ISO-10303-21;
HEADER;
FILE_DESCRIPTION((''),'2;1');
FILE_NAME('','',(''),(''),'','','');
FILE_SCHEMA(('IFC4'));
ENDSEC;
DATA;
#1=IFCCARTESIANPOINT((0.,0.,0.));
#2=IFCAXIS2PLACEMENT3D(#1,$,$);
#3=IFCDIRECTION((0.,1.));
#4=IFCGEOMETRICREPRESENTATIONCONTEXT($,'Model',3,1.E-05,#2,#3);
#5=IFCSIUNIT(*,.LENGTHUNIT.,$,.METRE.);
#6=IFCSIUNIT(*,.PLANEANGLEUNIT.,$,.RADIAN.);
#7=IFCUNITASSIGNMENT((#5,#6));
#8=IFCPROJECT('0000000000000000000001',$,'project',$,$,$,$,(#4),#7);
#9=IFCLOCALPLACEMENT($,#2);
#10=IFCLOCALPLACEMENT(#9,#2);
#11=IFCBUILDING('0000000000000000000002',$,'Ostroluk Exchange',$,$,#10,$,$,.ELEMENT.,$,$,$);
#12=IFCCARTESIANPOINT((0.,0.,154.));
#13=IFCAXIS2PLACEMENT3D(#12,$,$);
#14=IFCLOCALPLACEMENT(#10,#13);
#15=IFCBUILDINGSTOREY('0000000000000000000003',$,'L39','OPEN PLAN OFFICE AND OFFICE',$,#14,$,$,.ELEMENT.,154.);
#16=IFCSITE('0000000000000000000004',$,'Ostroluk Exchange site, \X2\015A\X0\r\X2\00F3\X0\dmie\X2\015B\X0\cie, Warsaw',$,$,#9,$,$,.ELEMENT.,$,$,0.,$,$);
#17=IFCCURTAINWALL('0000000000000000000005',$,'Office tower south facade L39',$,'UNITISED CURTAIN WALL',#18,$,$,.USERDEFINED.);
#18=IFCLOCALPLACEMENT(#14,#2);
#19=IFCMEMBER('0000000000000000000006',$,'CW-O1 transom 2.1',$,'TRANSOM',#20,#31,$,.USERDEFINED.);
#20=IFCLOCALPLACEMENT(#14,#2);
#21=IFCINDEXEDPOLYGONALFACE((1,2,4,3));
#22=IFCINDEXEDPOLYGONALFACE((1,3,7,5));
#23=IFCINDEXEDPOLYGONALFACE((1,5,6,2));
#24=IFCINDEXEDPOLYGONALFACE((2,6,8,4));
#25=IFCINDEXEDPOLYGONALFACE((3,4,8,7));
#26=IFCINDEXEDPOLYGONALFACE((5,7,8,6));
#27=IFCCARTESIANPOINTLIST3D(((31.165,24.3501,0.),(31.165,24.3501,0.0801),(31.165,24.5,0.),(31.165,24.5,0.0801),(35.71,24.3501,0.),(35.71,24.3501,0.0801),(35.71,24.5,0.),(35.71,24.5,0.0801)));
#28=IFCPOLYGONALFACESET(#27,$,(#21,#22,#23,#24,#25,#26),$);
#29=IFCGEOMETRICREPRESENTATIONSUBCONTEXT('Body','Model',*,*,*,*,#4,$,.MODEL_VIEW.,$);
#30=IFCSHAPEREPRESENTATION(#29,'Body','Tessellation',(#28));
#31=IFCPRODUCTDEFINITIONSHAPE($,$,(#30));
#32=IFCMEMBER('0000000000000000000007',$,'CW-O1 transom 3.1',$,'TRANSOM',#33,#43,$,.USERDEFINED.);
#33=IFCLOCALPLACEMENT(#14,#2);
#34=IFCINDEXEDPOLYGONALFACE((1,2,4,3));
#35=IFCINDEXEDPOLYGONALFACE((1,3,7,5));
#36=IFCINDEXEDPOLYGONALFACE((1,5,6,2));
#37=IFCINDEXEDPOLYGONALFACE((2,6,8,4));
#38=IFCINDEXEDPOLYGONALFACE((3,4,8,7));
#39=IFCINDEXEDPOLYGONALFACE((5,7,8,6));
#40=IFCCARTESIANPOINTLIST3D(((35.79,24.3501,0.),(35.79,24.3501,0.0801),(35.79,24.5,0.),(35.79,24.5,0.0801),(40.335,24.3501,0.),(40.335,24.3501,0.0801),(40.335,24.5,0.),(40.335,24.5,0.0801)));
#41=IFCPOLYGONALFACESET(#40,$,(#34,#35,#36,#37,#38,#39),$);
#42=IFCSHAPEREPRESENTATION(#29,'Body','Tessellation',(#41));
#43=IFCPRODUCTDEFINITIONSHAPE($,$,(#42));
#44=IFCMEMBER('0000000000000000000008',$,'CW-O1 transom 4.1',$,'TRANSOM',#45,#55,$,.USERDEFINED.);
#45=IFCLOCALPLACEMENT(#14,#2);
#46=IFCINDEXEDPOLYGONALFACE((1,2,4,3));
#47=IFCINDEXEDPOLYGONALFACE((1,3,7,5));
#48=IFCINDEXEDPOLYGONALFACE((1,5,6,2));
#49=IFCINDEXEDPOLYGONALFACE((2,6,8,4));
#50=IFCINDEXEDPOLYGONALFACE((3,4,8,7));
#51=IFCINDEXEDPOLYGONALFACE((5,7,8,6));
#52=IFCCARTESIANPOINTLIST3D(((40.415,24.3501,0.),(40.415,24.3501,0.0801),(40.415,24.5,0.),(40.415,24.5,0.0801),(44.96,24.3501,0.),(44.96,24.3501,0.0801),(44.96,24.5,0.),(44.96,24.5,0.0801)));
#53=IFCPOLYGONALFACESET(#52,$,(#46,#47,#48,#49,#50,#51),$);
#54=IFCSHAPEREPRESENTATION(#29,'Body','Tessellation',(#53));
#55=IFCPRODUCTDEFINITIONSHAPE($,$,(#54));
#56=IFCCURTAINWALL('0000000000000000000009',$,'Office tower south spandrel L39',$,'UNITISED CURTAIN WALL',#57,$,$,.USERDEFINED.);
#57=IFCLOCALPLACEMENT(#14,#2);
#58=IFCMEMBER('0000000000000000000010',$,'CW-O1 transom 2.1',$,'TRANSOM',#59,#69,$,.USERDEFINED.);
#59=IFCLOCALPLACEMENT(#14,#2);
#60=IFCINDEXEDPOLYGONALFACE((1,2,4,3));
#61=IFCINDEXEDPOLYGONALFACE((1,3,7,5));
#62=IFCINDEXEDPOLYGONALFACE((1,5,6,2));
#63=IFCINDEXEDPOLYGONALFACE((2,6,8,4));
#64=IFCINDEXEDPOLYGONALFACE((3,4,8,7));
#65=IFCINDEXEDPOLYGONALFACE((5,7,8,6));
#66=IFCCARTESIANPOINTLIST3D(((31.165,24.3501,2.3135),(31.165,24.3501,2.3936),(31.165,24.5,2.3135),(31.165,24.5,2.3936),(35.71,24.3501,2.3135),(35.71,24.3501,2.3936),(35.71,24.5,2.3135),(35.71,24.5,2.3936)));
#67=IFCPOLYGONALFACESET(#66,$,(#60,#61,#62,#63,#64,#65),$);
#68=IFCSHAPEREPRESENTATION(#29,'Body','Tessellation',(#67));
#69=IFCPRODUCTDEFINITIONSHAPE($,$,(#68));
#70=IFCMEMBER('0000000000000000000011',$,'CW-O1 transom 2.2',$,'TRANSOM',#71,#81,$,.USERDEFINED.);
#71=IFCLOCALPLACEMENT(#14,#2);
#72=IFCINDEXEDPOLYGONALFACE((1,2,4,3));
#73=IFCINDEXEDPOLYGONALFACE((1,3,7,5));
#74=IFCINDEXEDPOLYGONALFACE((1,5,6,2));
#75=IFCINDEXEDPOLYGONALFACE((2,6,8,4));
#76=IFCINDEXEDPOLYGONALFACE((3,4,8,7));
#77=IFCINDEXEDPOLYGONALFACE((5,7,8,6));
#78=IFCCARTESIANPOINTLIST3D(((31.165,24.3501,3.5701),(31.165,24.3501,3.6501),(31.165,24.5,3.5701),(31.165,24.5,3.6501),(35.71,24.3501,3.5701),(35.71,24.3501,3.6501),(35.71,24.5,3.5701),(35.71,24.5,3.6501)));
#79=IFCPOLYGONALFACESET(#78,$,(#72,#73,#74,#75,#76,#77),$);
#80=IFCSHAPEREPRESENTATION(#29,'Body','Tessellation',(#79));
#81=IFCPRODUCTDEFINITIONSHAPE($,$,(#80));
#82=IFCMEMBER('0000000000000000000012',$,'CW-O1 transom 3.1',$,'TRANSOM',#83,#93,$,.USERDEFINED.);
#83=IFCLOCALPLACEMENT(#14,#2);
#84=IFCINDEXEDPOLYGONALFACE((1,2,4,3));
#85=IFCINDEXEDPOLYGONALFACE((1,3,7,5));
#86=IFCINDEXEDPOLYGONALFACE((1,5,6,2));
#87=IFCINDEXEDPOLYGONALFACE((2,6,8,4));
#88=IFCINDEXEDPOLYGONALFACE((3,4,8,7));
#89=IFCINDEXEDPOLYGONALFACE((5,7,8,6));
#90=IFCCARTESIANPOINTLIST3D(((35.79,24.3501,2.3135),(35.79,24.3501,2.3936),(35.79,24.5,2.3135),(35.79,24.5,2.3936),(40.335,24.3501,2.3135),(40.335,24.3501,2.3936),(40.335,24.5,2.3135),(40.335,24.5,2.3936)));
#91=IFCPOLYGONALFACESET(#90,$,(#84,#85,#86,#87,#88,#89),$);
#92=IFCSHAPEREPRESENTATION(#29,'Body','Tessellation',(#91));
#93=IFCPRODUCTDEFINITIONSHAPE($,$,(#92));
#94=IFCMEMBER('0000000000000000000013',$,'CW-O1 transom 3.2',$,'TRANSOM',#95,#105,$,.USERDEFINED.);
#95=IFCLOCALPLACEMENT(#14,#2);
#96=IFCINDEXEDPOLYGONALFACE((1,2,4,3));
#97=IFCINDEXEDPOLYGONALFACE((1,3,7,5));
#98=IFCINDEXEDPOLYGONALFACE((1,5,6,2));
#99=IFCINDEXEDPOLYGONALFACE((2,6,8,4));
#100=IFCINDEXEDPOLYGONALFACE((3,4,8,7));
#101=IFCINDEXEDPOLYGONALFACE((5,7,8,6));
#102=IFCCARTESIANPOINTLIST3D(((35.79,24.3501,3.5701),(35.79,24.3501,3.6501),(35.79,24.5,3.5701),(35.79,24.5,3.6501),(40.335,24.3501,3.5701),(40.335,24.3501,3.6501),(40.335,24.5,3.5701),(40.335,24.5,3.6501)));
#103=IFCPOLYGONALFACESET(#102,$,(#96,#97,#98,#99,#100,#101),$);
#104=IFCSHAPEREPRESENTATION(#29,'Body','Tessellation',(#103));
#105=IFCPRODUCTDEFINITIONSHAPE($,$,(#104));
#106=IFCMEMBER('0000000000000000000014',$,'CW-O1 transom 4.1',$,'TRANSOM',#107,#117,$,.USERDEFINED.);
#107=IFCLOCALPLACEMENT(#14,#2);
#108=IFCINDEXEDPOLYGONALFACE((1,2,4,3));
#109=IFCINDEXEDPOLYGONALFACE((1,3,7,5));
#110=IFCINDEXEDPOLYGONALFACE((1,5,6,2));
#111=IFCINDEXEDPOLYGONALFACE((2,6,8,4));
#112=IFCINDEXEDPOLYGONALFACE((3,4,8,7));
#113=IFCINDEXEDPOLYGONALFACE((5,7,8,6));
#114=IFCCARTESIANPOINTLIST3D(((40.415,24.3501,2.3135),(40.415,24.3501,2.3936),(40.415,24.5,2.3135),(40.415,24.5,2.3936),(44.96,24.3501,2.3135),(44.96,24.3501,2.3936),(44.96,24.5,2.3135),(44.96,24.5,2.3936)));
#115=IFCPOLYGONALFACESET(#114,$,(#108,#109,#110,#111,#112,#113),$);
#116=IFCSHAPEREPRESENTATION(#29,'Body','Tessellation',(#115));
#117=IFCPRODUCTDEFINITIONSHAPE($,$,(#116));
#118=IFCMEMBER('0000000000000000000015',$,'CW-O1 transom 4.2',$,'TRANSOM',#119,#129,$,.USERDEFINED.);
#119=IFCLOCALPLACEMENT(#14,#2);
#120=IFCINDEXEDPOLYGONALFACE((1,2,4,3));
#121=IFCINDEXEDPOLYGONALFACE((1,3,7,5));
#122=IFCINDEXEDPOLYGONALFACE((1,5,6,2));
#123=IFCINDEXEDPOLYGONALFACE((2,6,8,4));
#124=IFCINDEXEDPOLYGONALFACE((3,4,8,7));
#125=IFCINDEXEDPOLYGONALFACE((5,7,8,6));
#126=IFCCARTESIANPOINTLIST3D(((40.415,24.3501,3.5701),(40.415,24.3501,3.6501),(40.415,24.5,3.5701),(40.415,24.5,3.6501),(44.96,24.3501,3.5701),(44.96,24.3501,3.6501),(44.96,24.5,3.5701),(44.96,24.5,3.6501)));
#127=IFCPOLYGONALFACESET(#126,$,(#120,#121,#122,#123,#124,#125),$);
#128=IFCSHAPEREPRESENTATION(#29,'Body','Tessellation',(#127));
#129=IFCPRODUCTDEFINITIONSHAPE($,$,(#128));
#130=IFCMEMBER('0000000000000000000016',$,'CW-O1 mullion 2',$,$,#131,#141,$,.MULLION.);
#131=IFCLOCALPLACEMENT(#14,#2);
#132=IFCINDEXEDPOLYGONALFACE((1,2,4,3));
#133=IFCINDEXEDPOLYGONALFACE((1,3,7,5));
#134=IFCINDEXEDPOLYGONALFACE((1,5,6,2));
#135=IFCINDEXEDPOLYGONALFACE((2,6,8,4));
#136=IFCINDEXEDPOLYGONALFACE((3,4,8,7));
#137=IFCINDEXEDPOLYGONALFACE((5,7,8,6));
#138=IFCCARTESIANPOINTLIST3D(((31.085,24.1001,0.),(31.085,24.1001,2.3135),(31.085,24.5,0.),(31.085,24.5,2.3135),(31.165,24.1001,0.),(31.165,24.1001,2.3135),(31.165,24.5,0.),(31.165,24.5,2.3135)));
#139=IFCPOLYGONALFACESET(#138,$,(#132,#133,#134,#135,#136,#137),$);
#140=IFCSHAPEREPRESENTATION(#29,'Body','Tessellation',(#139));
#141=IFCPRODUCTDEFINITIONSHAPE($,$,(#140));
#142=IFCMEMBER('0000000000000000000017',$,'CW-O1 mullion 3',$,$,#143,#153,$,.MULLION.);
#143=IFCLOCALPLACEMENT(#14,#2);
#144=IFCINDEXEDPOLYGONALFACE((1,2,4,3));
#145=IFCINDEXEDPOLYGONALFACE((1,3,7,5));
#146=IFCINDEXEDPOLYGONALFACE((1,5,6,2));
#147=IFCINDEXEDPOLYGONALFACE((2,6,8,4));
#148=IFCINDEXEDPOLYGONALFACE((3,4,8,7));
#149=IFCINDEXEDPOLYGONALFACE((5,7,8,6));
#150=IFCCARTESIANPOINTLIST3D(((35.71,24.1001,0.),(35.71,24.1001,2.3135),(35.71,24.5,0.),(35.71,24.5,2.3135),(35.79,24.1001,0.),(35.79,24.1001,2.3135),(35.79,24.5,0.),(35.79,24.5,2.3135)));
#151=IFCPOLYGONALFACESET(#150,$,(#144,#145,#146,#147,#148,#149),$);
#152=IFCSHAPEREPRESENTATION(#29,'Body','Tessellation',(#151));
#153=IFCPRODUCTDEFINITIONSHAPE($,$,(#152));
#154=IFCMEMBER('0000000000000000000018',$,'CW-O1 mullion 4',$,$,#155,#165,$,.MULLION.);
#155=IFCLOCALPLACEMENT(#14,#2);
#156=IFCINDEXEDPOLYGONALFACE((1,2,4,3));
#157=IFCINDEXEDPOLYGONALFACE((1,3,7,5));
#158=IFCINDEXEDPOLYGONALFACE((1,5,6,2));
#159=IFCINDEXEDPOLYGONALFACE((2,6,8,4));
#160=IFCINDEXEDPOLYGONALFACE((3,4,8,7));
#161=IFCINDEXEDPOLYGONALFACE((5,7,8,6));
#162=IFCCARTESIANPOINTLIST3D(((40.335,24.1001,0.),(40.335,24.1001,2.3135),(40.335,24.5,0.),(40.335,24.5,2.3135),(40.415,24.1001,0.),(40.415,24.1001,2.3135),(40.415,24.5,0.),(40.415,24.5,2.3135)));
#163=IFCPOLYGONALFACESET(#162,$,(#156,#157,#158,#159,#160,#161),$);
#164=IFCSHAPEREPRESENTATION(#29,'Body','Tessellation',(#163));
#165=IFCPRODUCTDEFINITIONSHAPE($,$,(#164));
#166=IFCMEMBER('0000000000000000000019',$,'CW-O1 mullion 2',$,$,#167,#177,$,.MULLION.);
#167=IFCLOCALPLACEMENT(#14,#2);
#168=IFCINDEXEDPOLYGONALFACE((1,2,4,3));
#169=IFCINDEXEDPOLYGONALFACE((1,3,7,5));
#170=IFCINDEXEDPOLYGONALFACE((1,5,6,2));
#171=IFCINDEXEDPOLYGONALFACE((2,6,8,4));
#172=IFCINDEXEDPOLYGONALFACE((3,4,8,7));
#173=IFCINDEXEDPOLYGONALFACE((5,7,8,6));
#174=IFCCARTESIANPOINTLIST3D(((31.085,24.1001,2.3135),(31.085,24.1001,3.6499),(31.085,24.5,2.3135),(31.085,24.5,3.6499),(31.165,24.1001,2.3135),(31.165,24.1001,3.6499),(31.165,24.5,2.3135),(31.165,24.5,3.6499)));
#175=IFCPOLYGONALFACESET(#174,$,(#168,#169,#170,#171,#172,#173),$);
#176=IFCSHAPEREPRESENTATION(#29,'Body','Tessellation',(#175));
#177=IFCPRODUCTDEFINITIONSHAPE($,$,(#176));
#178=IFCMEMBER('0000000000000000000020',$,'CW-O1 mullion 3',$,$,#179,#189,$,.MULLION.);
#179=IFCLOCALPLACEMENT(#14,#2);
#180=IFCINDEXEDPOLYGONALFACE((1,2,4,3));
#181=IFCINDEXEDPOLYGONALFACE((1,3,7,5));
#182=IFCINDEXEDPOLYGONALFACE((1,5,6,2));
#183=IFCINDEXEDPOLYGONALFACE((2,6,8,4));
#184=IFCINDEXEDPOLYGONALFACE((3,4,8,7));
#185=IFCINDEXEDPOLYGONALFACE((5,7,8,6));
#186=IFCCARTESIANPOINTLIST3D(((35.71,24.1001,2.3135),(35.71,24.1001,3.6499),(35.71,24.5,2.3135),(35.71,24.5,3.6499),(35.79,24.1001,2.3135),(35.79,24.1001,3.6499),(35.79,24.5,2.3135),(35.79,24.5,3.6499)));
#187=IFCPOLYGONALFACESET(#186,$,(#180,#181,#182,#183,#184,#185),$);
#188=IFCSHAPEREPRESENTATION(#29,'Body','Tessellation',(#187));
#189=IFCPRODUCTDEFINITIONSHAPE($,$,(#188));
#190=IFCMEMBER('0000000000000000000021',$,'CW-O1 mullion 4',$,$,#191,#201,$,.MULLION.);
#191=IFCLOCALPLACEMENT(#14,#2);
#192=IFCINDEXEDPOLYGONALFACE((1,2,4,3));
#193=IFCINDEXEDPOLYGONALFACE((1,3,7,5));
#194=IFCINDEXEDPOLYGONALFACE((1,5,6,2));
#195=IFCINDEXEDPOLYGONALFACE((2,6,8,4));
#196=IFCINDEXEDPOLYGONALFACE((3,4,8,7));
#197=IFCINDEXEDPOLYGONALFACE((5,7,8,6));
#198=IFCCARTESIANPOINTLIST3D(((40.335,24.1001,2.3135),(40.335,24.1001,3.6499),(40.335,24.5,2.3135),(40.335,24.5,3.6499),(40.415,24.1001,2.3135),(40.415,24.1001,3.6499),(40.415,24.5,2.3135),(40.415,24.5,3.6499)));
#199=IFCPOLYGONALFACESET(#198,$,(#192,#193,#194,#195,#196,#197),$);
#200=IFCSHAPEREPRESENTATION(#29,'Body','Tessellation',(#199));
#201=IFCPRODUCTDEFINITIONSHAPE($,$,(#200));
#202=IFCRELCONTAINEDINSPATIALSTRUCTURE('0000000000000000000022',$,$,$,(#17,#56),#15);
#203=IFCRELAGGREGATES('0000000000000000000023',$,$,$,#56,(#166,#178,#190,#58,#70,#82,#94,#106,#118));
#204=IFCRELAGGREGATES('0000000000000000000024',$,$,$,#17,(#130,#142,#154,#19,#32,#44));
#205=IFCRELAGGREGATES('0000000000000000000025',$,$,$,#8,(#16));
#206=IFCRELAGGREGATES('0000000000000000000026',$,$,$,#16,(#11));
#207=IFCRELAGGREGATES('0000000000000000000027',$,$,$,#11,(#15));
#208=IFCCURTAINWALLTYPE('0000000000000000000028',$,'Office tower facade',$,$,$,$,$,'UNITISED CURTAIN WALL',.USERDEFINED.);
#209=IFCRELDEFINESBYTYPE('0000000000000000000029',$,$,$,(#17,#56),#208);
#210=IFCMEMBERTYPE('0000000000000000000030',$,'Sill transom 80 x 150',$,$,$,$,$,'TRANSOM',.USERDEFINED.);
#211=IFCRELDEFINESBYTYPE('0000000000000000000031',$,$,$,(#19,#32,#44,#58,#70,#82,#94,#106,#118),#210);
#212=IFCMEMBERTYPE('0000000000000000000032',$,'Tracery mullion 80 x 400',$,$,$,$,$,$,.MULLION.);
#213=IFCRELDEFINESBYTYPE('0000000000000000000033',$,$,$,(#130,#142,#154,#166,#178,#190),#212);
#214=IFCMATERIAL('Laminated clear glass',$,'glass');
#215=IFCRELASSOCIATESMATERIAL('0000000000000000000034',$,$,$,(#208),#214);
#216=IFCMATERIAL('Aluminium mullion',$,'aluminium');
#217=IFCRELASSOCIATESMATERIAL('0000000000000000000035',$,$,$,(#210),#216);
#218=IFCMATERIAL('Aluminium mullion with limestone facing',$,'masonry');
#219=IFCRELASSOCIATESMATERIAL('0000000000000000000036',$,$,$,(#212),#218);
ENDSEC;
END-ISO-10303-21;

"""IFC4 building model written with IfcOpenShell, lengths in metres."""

from ifc_helpers import new_model, si_unit, direction, frame, origin, origin_2d, place, context, subcontext, project, spatial, rectangle, extrude, material, material_profile, profile_set, type_object, element, aggregate, save


model = new_model("IFC4")

# Units and contexts
model_context = context("Model", 3, precision=1e-05, world=origin(), true_north=direction((0.0, 1.0)))
body_context = subcontext(model_context, "Body", "Model", "MODEL_VIEW")
ifc_project = project(units=[si_unit("LENGTHUNIT", "METRE"), si_unit("PLANEANGLEUNIT", "RADIAN")], contexts=[model_context])

# Site, building, storey
site_placement = place(None, origin())
site = spatial("IfcSite", under=ifc_project, at=site_placement, Name="Ostroluk Exchange site, Śródmieście, Warsaw", CompositionType="ELEMENT", RefElevation=0.0)
building_placement = place(site_placement, origin())
building = spatial("IfcBuilding", under=site, at=building_placement, Name="Ostroluk Exchange", CompositionType="ELEMENT")
storey_placement = place(building_placement, frame((0.0, 0.0, 154.0)))
storey = spatial("IfcBuildingStorey", under=building, at=storey_placement, Name="L39", Description="OPEN PLAN OFFICE AND OFFICE", CompositionType="ELEMENT", Elevation=154.0)

# Curtain walls, members
ifc_material_1 = material(Name="Laminated clear glass", Category="glass")
curtain_wall_type = type_object("IfcCurtainWallType", Name="Office tower facade", ElementType="UNITISED CURTAIN WALL", PredefinedType="USERDEFINED", material=ifc_material_1)
curtain_wall_1_placement = place(storey_placement, origin())
curtain_wall_1 = element("IfcCurtainWall", 1, at=curtain_wall_1_placement, inside=storey, type_object=curtain_wall_type, Name="Office tower south facade L39", ObjectType="UNITISED CURTAIN WALL", PredefinedType="USERDEFINED")
ifc_material_2 = material(Name="Aluminium mullion", Category="aluminium")
ifc_material_profile_1 = material_profile(ifc_material_2, rectangle(XDim=0.1499, YDim=0.0801, at=origin_2d()), Name="Sill transom 80 x 150")
ifc_profile_set_1 = profile_set([ifc_material_profile_1], Name="Aluminium mullion")
member_type_1 = type_object("IfcMemberType", Name="Sill transom 80 x 150", ElementType="TRANSOM", PredefinedType="USERDEFINED", material=ifc_profile_set_1)
member_1_placement = place(storey_placement, frame((31.165, 24.425, 0.04), z_axis=(1.0, 0.0, 0.0), x_axis=(0.0, 1.0, 0.0)))
member_1 = element("IfcMember", 2, at=member_1_placement, type_object=member_type_1, Name="CW-O1 transom 2.1", ObjectType="TRANSOM", PredefinedType="USERDEFINED", context=body_context, shape_type="SweptSolid", body=[
    extrude(rectangle(XDim=0.1499, YDim=0.0801, at=origin_2d()), origin(), (0.0, 0.0, 1.0), 4.5449),
])
member_2_placement = place(storey_placement, frame((35.79, 24.425, 0.04), z_axis=(1.0, 0.0, 0.0), x_axis=(0.0, 1.0, 0.0)))
member_2 = element("IfcMember", 3, at=member_2_placement, type_object=member_type_1, Name="CW-O1 transom 3.1", ObjectType="TRANSOM", PredefinedType="USERDEFINED", context=body_context, shape_type="SweptSolid", body=[
    extrude(rectangle(XDim=0.1499, YDim=0.0801, at=origin_2d()), origin(), (0.0, 0.0, 1.0), 4.5449),
])
member_3_placement = place(storey_placement, frame((40.415, 24.425, 0.04), z_axis=(1.0, 0.0, 0.0), x_axis=(0.0, 1.0, 0.0)))
member_3 = element("IfcMember", 4, at=member_3_placement, type_object=member_type_1, Name="CW-O1 transom 4.1", ObjectType="TRANSOM", PredefinedType="USERDEFINED", context=body_context, shape_type="SweptSolid", body=[
    extrude(rectangle(XDim=0.1499, YDim=0.0801, at=origin_2d()), origin(), (0.0, 0.0, 1.0), 4.5449),
])
curtain_wall_2_placement = place(storey_placement, origin())
curtain_wall_2 = element("IfcCurtainWall", 5, at=curtain_wall_2_placement, inside=storey, type_object=curtain_wall_type, Name="Office tower south spandrel L39", ObjectType="UNITISED CURTAIN WALL", PredefinedType="USERDEFINED")
member_4_placement = place(storey_placement, frame((31.165, 24.425, 2.3535), z_axis=(1.0, 0.0, 0.0), x_axis=(0.0, 1.0, 0.0)))
member_4 = element("IfcMember", 6, at=member_4_placement, type_object=member_type_1, Name="CW-O1 transom 2.1", ObjectType="TRANSOM", PredefinedType="USERDEFINED", context=body_context, shape_type="SweptSolid", body=[
    extrude(rectangle(XDim=0.1499, YDim=0.0801, at=origin_2d()), origin(), (0.0, 0.0, 1.0), 4.5449),
])
member_5_placement = place(storey_placement, frame((31.165, 24.425, 3.6101), z_axis=(1.0, 0.0, 0.0), x_axis=(0.0, 1.0, 0.0)))
member_5 = element("IfcMember", 7, at=member_5_placement, type_object=member_type_1, Name="CW-O1 transom 2.2", ObjectType="TRANSOM", PredefinedType="USERDEFINED", context=body_context, shape_type="SweptSolid", body=[
    extrude(rectangle(XDim=0.1499, YDim=0.0801, at=origin_2d()), origin(), (0.0, 0.0, 1.0), 4.5449),
])
member_6_placement = place(storey_placement, frame((35.79, 24.425, 2.3535), z_axis=(1.0, 0.0, 0.0), x_axis=(0.0, 1.0, 0.0)))
member_6 = element("IfcMember", 8, at=member_6_placement, type_object=member_type_1, Name="CW-O1 transom 3.1", ObjectType="TRANSOM", PredefinedType="USERDEFINED", context=body_context, shape_type="SweptSolid", body=[
    extrude(rectangle(XDim=0.1499, YDim=0.0801, at=origin_2d()), origin(), (0.0, 0.0, 1.0), 4.5449),
])
member_7_placement = place(storey_placement, frame((35.79, 24.425, 3.6101), z_axis=(1.0, 0.0, 0.0), x_axis=(0.0, 1.0, 0.0)))
member_7 = element("IfcMember", 9, at=member_7_placement, type_object=member_type_1, Name="CW-O1 transom 3.2", ObjectType="TRANSOM", PredefinedType="USERDEFINED", context=body_context, shape_type="SweptSolid", body=[
    extrude(rectangle(XDim=0.1499, YDim=0.0801, at=origin_2d()), origin(), (0.0, 0.0, 1.0), 4.5449),
])
member_8_placement = place(storey_placement, frame((40.415, 24.425, 2.3535), z_axis=(1.0, 0.0, 0.0), x_axis=(0.0, 1.0, 0.0)))
member_8 = element("IfcMember", 10, at=member_8_placement, type_object=member_type_1, Name="CW-O1 transom 4.1", ObjectType="TRANSOM", PredefinedType="USERDEFINED", context=body_context, shape_type="SweptSolid", body=[
    extrude(rectangle(XDim=0.1499, YDim=0.0801, at=origin_2d()), origin(), (0.0, 0.0, 1.0), 4.5449),
])
member_9_placement = place(storey_placement, frame((40.415, 24.425, 3.6101), z_axis=(1.0, 0.0, 0.0), x_axis=(0.0, 1.0, 0.0)))
member_9 = element("IfcMember", 11, at=member_9_placement, type_object=member_type_1, Name="CW-O1 transom 4.2", ObjectType="TRANSOM", PredefinedType="USERDEFINED", context=body_context, shape_type="SweptSolid", body=[
    extrude(rectangle(XDim=0.1499, YDim=0.0801, at=origin_2d()), origin(), (0.0, 0.0, 1.0), 4.5449),
])

# Members
ifc_material_3 = material(Name="Aluminium mullion with limestone facing", Category="masonry")
ifc_material_profile_2 = material_profile(ifc_material_3, rectangle(XDim=0.3999, YDim=0.0801, at=origin_2d()), Name="Tracery mullion 80 x 400")
ifc_profile_set_2 = profile_set([ifc_material_profile_2], Name="Aluminium mullion with limestone facing")
member_type_2 = type_object("IfcMemberType", Name="Tracery mullion 80 x 400", PredefinedType="MULLION", material=ifc_profile_set_2)
member_10_placement = place(storey_placement, frame((31.125, 24.3, 0.0), z_axis=(0.0, 0.0, 1.0), x_axis=(0.0, 1.0, 0.0)))
member_10 = element("IfcMember", 12, at=member_10_placement, type_object=member_type_2, Name="CW-O1 mullion 2", PredefinedType="MULLION", context=body_context, shape_type="SweptSolid", body=[
    extrude(rectangle(XDim=0.3999, YDim=0.0801, at=origin_2d()), origin(), (0.0, 0.0, 1.0), 2.3135),
])
member_11_placement = place(storey_placement, frame((35.75, 24.3, 0.0), z_axis=(0.0, 0.0, 1.0), x_axis=(0.0, 1.0, 0.0)))
member_11 = element("IfcMember", 13, at=member_11_placement, type_object=member_type_2, Name="CW-O1 mullion 3", PredefinedType="MULLION", context=body_context, shape_type="SweptSolid", body=[
    extrude(rectangle(XDim=0.3999, YDim=0.0801, at=origin_2d()), origin(), (0.0, 0.0, 1.0), 2.3135),
])
member_12_placement = place(storey_placement, frame((40.375, 24.3, 0.0), z_axis=(0.0, 0.0, 1.0), x_axis=(0.0, 1.0, 0.0)))
member_12 = element("IfcMember", 14, at=member_12_placement, type_object=member_type_2, Name="CW-O1 mullion 4", PredefinedType="MULLION", context=body_context, shape_type="SweptSolid", body=[
    extrude(rectangle(XDim=0.3999, YDim=0.0801, at=origin_2d()), origin(), (0.0, 0.0, 1.0), 2.3135),
])
member_13_placement = place(storey_placement, frame((31.125, 24.3, 2.3135), z_axis=(0.0, 0.0, 1.0), x_axis=(0.0, 1.0, 0.0)))
member_13 = element("IfcMember", 15, at=member_13_placement, type_object=member_type_2, Name="CW-O1 mullion 2", PredefinedType="MULLION", context=body_context, shape_type="SweptSolid", body=[
    extrude(rectangle(XDim=0.3999, YDim=0.0801, at=origin_2d()), origin(), (0.0, 0.0, 1.0), 1.3364),
])
member_14_placement = place(storey_placement, frame((35.75, 24.3, 2.3135), z_axis=(0.0, 0.0, 1.0), x_axis=(0.0, 1.0, 0.0)))
member_14 = element("IfcMember", 16, at=member_14_placement, type_object=member_type_2, Name="CW-O1 mullion 3", PredefinedType="MULLION", context=body_context, shape_type="SweptSolid", body=[
    extrude(rectangle(XDim=0.3999, YDim=0.0801, at=origin_2d()), origin(), (0.0, 0.0, 1.0), 1.3364),
])
member_15_placement = place(storey_placement, frame((40.375, 24.3, 2.3135), z_axis=(0.0, 0.0, 1.0), x_axis=(0.0, 1.0, 0.0)))
member_15 = element("IfcMember", 17, at=member_15_placement, type_object=member_type_2, Name="CW-O1 mullion 4", PredefinedType="MULLION", context=body_context, shape_type="SweptSolid", body=[
    extrude(rectangle(XDim=0.3999, YDim=0.0801, at=origin_2d()), origin(), (0.0, 0.0, 1.0), 1.3364),
])

aggregate(curtain_wall_2, [member_13, member_14, member_15, member_4, member_5, member_6, member_7, member_8, member_9])
aggregate(curtain_wall_1, [member_10, member_11, member_12, member_1, member_2, member_3])

save(model, "model.ifc")
